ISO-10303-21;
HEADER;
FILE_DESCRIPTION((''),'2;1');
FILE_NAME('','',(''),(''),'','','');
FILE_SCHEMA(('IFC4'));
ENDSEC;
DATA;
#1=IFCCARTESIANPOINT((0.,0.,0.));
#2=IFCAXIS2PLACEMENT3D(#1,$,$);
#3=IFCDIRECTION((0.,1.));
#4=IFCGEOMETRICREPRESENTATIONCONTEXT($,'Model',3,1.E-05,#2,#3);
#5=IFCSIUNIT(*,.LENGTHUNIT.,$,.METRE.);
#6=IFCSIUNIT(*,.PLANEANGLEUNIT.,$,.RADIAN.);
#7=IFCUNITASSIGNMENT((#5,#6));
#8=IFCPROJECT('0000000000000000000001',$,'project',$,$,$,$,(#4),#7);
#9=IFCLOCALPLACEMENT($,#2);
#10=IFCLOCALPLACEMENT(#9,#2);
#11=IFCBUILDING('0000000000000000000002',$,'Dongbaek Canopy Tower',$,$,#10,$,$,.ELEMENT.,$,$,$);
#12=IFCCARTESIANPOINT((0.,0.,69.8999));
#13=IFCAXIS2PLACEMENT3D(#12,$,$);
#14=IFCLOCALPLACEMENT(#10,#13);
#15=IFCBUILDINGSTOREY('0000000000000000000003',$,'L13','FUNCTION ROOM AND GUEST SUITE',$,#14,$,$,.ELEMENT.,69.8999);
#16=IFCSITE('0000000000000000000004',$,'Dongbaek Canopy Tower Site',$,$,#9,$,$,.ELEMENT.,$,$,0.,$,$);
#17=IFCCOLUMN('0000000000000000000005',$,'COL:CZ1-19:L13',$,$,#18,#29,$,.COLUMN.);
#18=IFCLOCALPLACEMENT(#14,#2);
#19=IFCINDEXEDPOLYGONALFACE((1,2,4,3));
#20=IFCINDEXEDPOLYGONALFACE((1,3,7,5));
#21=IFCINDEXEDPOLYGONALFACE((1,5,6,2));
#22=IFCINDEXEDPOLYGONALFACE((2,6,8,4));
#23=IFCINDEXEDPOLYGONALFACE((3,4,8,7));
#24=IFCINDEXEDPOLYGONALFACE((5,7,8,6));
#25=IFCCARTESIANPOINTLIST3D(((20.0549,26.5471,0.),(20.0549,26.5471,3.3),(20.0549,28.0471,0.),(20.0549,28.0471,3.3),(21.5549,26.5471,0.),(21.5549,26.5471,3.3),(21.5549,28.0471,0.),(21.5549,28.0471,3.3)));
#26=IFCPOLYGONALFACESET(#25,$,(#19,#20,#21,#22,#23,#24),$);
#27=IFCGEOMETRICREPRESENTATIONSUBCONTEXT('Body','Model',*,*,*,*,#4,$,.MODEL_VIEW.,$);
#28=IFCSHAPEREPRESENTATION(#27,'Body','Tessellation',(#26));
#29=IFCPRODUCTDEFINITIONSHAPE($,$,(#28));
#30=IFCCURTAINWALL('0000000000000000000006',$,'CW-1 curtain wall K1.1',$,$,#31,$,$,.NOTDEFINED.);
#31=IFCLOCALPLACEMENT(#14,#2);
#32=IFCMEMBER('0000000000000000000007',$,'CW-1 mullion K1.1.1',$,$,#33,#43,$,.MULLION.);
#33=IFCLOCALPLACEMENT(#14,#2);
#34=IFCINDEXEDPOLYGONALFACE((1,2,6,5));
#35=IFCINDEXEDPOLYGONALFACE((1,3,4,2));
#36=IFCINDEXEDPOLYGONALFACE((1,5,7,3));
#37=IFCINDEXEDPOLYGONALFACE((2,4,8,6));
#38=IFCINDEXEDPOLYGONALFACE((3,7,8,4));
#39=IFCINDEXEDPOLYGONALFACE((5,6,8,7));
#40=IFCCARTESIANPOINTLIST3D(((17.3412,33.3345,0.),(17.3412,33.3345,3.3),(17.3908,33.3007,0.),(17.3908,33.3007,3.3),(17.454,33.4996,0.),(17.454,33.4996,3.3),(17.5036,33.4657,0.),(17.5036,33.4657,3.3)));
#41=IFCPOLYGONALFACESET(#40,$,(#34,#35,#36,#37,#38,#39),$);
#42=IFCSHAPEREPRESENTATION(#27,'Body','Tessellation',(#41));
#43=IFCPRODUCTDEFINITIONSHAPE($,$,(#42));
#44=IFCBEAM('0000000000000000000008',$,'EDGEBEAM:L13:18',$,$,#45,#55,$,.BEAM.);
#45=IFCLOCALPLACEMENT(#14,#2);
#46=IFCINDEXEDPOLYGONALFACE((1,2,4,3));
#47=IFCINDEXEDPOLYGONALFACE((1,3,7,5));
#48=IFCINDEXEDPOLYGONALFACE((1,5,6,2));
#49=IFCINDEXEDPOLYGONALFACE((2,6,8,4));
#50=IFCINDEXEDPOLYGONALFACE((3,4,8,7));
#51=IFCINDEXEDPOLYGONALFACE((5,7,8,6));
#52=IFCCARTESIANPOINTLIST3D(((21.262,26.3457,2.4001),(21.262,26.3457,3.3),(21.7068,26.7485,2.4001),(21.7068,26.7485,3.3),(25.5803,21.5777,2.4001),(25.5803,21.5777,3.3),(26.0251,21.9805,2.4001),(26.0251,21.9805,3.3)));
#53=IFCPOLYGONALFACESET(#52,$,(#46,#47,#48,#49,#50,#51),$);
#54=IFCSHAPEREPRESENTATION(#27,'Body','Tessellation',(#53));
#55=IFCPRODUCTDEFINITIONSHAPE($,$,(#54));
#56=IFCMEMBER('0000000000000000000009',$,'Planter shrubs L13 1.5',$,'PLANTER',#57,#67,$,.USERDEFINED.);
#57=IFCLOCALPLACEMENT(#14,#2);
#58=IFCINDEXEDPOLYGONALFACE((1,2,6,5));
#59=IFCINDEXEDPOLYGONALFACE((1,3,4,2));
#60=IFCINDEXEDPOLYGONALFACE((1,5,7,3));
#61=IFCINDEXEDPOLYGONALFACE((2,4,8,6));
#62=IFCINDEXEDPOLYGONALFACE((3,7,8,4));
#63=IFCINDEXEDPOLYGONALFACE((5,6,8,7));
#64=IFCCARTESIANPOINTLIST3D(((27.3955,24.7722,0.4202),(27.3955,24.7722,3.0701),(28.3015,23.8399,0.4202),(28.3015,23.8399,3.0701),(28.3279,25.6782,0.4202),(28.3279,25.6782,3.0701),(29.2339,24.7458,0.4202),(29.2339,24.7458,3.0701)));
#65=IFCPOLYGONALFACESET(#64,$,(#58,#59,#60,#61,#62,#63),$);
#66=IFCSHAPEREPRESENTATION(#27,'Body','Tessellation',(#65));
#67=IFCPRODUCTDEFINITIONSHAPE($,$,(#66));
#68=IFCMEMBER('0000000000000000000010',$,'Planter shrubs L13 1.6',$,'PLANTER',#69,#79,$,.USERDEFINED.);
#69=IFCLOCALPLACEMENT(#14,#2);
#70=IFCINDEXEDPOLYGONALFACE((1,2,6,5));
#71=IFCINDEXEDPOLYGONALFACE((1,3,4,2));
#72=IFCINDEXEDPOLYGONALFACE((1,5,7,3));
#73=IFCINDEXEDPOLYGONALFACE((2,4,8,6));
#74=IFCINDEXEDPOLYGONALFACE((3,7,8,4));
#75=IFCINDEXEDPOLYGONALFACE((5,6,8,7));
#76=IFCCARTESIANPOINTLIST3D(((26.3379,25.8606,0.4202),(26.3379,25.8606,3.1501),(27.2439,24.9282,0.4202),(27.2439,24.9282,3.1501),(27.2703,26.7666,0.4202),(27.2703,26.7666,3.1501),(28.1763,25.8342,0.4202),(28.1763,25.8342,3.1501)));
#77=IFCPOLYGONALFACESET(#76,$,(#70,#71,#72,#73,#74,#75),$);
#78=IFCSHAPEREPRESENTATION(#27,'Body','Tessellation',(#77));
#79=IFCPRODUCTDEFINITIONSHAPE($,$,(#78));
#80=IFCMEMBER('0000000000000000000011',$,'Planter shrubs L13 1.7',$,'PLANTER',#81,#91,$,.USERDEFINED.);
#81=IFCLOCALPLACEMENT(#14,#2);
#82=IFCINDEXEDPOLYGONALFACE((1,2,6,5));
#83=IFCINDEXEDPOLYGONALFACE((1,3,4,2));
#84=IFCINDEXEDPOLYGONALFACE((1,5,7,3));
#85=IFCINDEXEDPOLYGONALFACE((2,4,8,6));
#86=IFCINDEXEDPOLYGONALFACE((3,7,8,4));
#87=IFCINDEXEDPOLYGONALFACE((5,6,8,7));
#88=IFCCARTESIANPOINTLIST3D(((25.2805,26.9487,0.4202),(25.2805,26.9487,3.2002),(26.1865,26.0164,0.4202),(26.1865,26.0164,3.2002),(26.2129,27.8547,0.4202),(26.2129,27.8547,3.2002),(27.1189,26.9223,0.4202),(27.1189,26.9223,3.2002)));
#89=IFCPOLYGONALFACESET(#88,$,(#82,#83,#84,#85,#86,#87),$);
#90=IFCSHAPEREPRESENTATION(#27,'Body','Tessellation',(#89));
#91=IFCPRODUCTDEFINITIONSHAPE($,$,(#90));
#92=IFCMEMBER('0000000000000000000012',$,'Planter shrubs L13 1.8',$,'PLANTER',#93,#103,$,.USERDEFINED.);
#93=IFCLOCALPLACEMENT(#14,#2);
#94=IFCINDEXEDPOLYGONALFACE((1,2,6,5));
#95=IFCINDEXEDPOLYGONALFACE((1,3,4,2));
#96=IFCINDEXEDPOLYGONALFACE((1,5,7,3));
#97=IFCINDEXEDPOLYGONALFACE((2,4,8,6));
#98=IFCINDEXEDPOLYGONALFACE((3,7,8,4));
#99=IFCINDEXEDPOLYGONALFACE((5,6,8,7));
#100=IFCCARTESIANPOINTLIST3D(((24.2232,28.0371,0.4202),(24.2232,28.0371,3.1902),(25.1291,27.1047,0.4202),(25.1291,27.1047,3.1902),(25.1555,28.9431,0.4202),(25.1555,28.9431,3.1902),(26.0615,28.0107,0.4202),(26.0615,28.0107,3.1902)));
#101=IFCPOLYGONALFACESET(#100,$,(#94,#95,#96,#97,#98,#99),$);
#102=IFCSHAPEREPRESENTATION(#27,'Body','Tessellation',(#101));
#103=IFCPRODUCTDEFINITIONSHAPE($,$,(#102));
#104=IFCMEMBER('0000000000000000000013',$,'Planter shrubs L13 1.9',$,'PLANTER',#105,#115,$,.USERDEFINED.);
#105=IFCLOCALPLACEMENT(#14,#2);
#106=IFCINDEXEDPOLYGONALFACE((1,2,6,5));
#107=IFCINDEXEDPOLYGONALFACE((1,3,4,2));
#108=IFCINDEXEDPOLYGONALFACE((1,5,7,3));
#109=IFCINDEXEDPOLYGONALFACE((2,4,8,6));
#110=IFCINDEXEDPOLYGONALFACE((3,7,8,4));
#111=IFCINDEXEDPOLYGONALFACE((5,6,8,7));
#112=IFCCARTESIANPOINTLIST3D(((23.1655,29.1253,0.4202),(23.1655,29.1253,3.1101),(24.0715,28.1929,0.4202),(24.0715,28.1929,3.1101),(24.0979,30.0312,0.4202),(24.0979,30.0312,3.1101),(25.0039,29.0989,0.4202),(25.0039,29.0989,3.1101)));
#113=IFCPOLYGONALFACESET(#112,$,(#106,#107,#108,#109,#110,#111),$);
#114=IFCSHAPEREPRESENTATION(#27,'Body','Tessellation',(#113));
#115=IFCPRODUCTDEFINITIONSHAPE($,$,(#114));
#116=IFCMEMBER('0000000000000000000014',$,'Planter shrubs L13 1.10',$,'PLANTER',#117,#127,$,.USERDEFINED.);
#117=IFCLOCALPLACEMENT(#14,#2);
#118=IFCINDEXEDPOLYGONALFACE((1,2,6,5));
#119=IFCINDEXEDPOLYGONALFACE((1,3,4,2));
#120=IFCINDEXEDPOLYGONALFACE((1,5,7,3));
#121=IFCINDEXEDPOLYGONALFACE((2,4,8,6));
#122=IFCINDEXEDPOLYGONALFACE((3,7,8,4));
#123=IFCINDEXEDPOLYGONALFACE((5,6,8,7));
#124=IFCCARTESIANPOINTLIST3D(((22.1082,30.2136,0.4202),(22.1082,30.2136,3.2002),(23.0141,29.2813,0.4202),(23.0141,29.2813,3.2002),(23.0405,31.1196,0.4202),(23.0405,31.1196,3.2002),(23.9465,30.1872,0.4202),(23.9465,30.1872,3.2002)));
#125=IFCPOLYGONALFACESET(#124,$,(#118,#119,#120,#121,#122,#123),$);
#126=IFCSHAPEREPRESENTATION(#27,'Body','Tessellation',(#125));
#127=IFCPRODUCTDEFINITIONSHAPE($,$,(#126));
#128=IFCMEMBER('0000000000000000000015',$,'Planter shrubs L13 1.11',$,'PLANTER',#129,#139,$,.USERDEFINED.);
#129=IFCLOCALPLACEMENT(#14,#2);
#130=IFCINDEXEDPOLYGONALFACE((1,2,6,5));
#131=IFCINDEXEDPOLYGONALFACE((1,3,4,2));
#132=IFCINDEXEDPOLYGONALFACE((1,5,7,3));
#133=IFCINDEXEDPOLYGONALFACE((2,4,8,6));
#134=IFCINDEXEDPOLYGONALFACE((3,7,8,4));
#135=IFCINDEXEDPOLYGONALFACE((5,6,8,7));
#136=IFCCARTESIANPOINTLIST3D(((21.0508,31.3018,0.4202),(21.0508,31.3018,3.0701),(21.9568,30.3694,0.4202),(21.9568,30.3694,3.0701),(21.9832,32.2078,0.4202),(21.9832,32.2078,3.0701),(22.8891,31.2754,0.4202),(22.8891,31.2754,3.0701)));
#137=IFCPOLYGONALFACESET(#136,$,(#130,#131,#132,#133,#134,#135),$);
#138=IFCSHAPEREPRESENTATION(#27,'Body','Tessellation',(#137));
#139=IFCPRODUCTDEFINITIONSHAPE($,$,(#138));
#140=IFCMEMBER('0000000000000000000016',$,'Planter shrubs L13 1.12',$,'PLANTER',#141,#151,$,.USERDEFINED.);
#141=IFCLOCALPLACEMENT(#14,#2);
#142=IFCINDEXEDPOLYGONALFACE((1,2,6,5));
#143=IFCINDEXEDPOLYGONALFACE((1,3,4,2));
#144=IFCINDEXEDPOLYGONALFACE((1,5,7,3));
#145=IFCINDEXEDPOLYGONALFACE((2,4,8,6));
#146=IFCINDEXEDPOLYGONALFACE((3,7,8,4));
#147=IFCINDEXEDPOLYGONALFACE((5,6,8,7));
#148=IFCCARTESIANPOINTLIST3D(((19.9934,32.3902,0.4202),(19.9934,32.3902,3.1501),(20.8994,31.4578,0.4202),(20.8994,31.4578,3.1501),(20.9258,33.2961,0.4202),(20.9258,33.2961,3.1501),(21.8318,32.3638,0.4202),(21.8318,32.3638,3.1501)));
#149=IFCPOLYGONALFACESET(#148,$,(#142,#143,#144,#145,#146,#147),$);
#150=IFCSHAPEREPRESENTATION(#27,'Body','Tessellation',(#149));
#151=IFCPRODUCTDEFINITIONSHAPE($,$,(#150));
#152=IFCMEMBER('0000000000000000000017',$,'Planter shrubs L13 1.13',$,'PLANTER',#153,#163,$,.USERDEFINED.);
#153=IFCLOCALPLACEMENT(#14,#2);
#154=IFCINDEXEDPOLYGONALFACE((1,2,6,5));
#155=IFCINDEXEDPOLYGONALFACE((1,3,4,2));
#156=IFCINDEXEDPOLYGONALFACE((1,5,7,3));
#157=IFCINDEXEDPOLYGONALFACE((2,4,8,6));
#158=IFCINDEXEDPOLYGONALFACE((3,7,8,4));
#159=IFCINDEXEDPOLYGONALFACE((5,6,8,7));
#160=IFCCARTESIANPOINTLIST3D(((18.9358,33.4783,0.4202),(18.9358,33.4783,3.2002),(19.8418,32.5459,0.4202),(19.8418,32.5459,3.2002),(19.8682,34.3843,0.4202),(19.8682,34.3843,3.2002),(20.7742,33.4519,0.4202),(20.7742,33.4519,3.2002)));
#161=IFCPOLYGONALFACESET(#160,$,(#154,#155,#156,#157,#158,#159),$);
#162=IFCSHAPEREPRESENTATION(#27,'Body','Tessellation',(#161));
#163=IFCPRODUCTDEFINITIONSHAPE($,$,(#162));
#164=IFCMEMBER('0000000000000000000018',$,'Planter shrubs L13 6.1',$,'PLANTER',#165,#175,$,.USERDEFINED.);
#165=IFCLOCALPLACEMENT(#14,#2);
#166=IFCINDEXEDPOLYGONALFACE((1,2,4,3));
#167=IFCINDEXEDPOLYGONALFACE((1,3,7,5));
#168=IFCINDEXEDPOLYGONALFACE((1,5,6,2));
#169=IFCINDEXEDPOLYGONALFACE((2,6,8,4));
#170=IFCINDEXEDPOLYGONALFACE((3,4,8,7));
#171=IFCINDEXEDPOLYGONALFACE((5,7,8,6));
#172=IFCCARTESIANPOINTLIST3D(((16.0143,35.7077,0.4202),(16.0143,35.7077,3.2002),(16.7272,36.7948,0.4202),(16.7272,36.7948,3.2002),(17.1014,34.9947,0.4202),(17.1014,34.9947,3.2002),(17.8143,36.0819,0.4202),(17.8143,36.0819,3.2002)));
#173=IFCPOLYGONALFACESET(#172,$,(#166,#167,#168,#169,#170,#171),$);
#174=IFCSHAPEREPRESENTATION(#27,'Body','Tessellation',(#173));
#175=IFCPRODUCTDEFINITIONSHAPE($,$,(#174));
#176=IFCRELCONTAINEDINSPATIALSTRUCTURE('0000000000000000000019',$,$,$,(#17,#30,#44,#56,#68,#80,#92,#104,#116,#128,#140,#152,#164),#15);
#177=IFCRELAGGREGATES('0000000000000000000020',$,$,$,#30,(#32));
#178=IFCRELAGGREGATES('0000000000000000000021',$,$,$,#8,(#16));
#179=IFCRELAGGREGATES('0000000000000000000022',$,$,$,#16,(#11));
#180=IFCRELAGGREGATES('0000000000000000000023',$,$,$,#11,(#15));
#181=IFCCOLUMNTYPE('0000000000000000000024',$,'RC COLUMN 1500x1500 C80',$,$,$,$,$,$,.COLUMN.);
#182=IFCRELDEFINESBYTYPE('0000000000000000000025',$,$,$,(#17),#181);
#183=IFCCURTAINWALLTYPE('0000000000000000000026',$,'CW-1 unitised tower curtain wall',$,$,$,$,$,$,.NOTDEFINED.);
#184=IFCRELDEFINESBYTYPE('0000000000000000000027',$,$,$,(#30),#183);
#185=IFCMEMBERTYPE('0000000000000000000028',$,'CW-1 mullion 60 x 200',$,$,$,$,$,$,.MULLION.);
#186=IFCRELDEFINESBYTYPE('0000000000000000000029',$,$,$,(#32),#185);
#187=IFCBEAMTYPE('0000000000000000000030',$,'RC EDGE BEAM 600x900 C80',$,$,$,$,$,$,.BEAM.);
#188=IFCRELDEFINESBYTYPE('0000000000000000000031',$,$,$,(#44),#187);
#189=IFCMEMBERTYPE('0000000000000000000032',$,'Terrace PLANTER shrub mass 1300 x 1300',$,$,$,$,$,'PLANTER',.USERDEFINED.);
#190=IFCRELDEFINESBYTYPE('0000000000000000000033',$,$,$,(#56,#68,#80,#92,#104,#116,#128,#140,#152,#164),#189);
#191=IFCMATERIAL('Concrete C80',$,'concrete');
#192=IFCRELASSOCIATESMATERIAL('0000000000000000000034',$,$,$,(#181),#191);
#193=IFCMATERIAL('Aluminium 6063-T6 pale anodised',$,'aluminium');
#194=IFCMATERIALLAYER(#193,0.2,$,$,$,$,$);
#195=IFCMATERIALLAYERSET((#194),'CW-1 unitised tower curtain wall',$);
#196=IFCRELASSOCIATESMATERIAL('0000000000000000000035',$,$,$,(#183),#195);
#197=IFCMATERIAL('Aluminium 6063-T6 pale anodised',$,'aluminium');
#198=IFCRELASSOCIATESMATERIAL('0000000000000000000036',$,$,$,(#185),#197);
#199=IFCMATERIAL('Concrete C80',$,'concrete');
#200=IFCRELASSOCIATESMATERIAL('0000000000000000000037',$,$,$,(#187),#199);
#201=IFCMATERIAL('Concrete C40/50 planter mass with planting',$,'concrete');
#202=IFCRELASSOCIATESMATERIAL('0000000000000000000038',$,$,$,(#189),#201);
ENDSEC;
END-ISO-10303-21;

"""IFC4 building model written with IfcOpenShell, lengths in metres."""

from ifc_helpers import new_model, si_unit, direction, frame, origin, origin_2d, place, context, subcontext, project, spatial, rectangle, extrude, material, layer, layer_set, material_profile, profile_set, type_object, element, aggregate, save


model = new_model("IFC4")

# Units and contexts
model_context = context("Model", 3, precision=1e-05, world=origin(), true_north=direction((0.0, 1.0)))
body_context = subcontext(model_context, "Body", "Model", "MODEL_VIEW")
ifc_project = project(units=[si_unit("LENGTHUNIT", "METRE"), si_unit("PLANEANGLEUNIT", "RADIAN")], contexts=[model_context])

# Site, building, storey
site_placement = place(None, origin())
site = spatial("IfcSite", under=ifc_project, at=site_placement, Name="Dongbaek Canopy Tower Site", CompositionType="ELEMENT", RefElevation=0.0)
building_placement = place(site_placement, origin())
building = spatial("IfcBuilding", under=site, at=building_placement, Name="Dongbaek Canopy Tower", CompositionType="ELEMENT")
storey_placement = place(building_placement, frame((0.0, 0.0, 69.8999)))
storey = spatial("IfcBuildingStorey", under=building, at=storey_placement, Name="L13", Description="FUNCTION ROOM AND GUEST SUITE", CompositionType="ELEMENT", Elevation=69.8999)

# Column
ifc_material_1 = material(Name="Concrete C80", Category="concrete")
ifc_material_profile_1 = material_profile(ifc_material_1, rectangle(XDim=1.5, YDim=1.5, at=origin_2d()), Name="RC COLUMN 1500x1500 C80")
ifc_profile_set_1 = profile_set([ifc_material_profile_1], Name="Concrete C80")
column_type = type_object("IfcColumnType", Name="RC COLUMN 1500x1500 C80", PredefinedType="COLUMN", material=ifc_profile_set_1)
column_placement = place(storey_placement, frame((20.8049, 27.2971, 0.0), z_axis=(0.0, 0.0, 1.0), x_axis=(1.0, 0.0, 0.0)))
element("IfcColumn", 1, at=column_placement, inside=storey, type_object=column_type, Name="COL:CZ1-19:L13", PredefinedType="COLUMN", context=body_context, shape_type="SweptSolid", body=[
    extrude(rectangle(XDim=1.5, YDim=1.5, at=origin_2d()), origin(), (0.0, 0.0, 1.0), 3.3),
])

# Curtain wall, member
ifc_material_2 = material(Name="Aluminium 6063-T6 pale anodised", Category="aluminium")
ifc_layer = layer(ifc_material_2, 0.2)
ifc_layer_set = layer_set([ifc_layer], Name="CW-1 unitised tower curtain wall")
curtain_wall_type = type_object("IfcCurtainWallType", Name="CW-1 unitised tower curtain wall", PredefinedType="NOTDEFINED", material=ifc_layer_set)
curtain_wall_placement = place(storey_placement, origin())
curtain_wall = element("IfcCurtainWall", 2, at=curtain_wall_placement, inside=storey, type_object=curtain_wall_type, Name="CW-1 curtain wall K1.1", PredefinedType="NOTDEFINED")
ifc_material_3 = material(Name="Aluminium 6063-T6 pale anodised", Category="aluminium")
ifc_material_profile_2 = material_profile(ifc_material_3, rectangle(XDim=0.2, YDim=0.0601, at=origin_2d()), Name="CW-1 mullion 60 x 200")
ifc_profile_set_2 = profile_set([ifc_material_profile_2], Name="Aluminium 6063-T6 pale anodised")
member_type_1 = type_object("IfcMemberType", Name="CW-1 mullion 60 x 200", PredefinedType="MULLION", material=ifc_profile_set_2)
member_1_placement = place(storey_placement, frame((17.4224, 33.4001, 0.0), z_axis=(0.0, 0.0, 1.0), x_axis=(0.564196, 0.825641, 0.0)))
member_1 = element("IfcMember", 3, at=member_1_placement, type_object=member_type_1, Name="CW-1 mullion K1.1.1", PredefinedType="MULLION", context=body_context, shape_type="SweptSolid", body=[
    extrude(rectangle(XDim=0.2, YDim=0.0601, at=origin_2d()), origin(), (0.0, 0.0, 1.0), 3.3),
])
aggregate(curtain_wall, [member_1])

# Beam
ifc_material_4 = material(Name="Concrete C80", Category="concrete")
ifc_material_profile_3 = material_profile(ifc_material_4, rectangle(XDim=0.6001, YDim=0.8999, at=origin_2d()), Name="RC EDGE BEAM 600x900 C80")
ifc_profile_set_3 = profile_set([ifc_material_profile_3], Name="Concrete C80")
beam_type = type_object("IfcBeamType", Name="RC EDGE BEAM 600x900 C80", PredefinedType="BEAM", material=ifc_profile_set_3)
beam_placement = place(storey_placement, frame((21.4844, 26.5471, 2.8501), z_axis=(0.671289, -0.741196, 0.0), x_axis=(0.741196, 0.671289, 0.0)))
element("IfcBeam", 4, at=beam_placement, inside=storey, type_object=beam_type, Name="EDGEBEAM:L13:18", PredefinedType="BEAM", context=body_context, shape_type="SweptSolid", body=[
    extrude(rectangle(XDim=0.6001, YDim=0.8999, at=origin_2d()), origin(), (0.0, 0.0, 1.0), 6.4329),
])

# Members
ifc_material_5 = material(Name="Concrete C40/50 planter mass with planting", Category="concrete")
ifc_material_profile_4 = material_profile(ifc_material_5, rectangle(XDim=1.3, YDim=1.3, at=origin_2d()), Name="Terrace PLANTER shrub mass 1300 x 1300")
ifc_profile_set_4 = profile_set([ifc_material_profile_4], Name="Concrete C40/50 planter mass with planting")
member_type_2 = type_object("IfcMemberType", Name="Terrace PLANTER shrub mass 1300 x 1300", ElementType="PLANTER", PredefinedType="USERDEFINED", material=ifc_profile_set_4)
member_2_placement = place(storey_placement, frame((28.3147, 24.759, 0.4202), z_axis=(0.0, 0.0, 1.0), x_axis=(0.717186, 0.696882, 0.0)))
element("IfcMember", 5, at=member_2_placement, inside=storey, type_object=member_type_2, Name="Planter shrubs L13 1.5", ObjectType="PLANTER", PredefinedType="USERDEFINED", context=body_context, shape_type="SweptSolid", body=[
    extrude(rectangle(XDim=1.3, YDim=1.3, at=origin_2d()), origin(), (0.0, 0.0, 1.0), 2.6499),
])
member_3_placement = place(storey_placement, frame((27.2571, 25.8474, 0.4202), z_axis=(0.0, 0.0, 1.0), x_axis=(0.717186, 0.696882, 0.0)))
element("IfcMember", 6, at=member_3_placement, inside=storey, type_object=member_type_2, Name="Planter shrubs L13 1.6", ObjectType="PLANTER", PredefinedType="USERDEFINED", context=body_context, shape_type="SweptSolid", body=[
    extrude(rectangle(XDim=1.3, YDim=1.3, at=origin_2d()), origin(), (0.0, 0.0, 1.0), 2.73),
])
member_4_placement = place(storey_placement, frame((26.1997, 26.9355, 0.4202), z_axis=(0.0, 0.0, 1.0), x_axis=(0.717186, 0.696882, 0.0)))
element("IfcMember", 7, at=member_4_placement, inside=storey, type_object=member_type_2, Name="Planter shrubs L13 1.7", ObjectType="PLANTER", PredefinedType="USERDEFINED", context=body_context, shape_type="SweptSolid", body=[
    extrude(rectangle(XDim=1.3, YDim=1.3, at=origin_2d()), origin(), (0.0, 0.0, 1.0), 2.78),
])
member_5_placement = place(storey_placement, frame((25.1423, 28.0239, 0.4202), z_axis=(0.0, 0.0, 1.0), x_axis=(0.717186, 0.696882, 0.0)))
element("IfcMember", 8, at=member_5_placement, inside=storey, type_object=member_type_2, Name="Planter shrubs L13 1.8", ObjectType="PLANTER", PredefinedType="USERDEFINED", context=body_context, shape_type="SweptSolid", body=[
    extrude(rectangle(XDim=1.3, YDim=1.3, at=origin_2d()), origin(), (0.0, 0.0, 1.0), 2.77),
])
member_6_placement = place(storey_placement, frame((24.0847, 29.1121, 0.4202), z_axis=(0.0, 0.0, 1.0), x_axis=(0.717186, 0.696882, 0.0)))
element("IfcMember", 9, at=member_6_placement, inside=storey, type_object=member_type_2, Name="Planter shrubs L13 1.9", ObjectType="PLANTER", PredefinedType="USERDEFINED", context=body_context, shape_type="SweptSolid", body=[
    extrude(rectangle(XDim=1.3, YDim=1.3, at=origin_2d()), origin(), (0.0, 0.0, 1.0), 2.6899),
])
member_7_placement = place(storey_placement, frame((23.0273, 30.2004, 0.4202), z_axis=(0.0, 0.0, 1.0), x_axis=(0.717186, 0.696882, 0.0)))
element("IfcMember", 10, at=member_7_placement, inside=storey, type_object=member_type_2, Name="Planter shrubs L13 1.10", ObjectType="PLANTER", PredefinedType="USERDEFINED", context=body_context, shape_type="SweptSolid", body=[
    extrude(rectangle(XDim=1.3, YDim=1.3, at=origin_2d()), origin(), (0.0, 0.0, 1.0), 2.78),
])
member_8_placement = place(storey_placement, frame((21.97, 31.2886, 0.4202), z_axis=(0.0, 0.0, 1.0), x_axis=(0.717186, 0.696882, 0.0)))
element("IfcMember", 11, at=member_8_placement, inside=storey, type_object=member_type_2, Name="Planter shrubs L13 1.11", ObjectType="PLANTER", PredefinedType="USERDEFINED", context=body_context, shape_type="SweptSolid", body=[
    extrude(rectangle(XDim=1.3, YDim=1.3, at=origin_2d()), origin(), (0.0, 0.0, 1.0), 2.6499),
])
member_9_placement = place(storey_placement, frame((20.9126, 32.377, 0.4202), z_axis=(0.0, 0.0, 1.0), x_axis=(0.717186, 0.696882, 0.0)))
element("IfcMember", 12, at=member_9_placement, inside=storey, type_object=member_type_2, Name="Planter shrubs L13 1.12", ObjectType="PLANTER", PredefinedType="USERDEFINED", context=body_context, shape_type="SweptSolid", body=[
    extrude(rectangle(XDim=1.3, YDim=1.3, at=origin_2d()), origin(), (0.0, 0.0, 1.0), 2.73),
])
for number, where, z_axis, x_axis, name in (
    (13, (19.855, 33.4651, 0.4202), (0.0, 0.0, 1.0), (0.717186, 0.696882, 0.0), "Planter shrubs L13 1.13"),
    (14, (16.9143, 35.8948, 0.4202), (0.0, 0.0, 1.0), (0.548369, 0.836236, 0.0), "Planter shrubs L13 6.1"),
):
    element("IfcMember", number, at=place(storey_placement, frame(where, z_axis=z_axis, x_axis=x_axis)), inside=storey, type_object=member_type_2, Name=name, ObjectType="PLANTER", PredefinedType="USERDEFINED", context=body_context, shape_type="SweptSolid", body=[
        extrude(rectangle(XDim=1.3, YDim=1.3, at=origin_2d()), origin(), (0.0, 0.0, 1.0), 2.78),
    ])

save(model, "model.ifc")
